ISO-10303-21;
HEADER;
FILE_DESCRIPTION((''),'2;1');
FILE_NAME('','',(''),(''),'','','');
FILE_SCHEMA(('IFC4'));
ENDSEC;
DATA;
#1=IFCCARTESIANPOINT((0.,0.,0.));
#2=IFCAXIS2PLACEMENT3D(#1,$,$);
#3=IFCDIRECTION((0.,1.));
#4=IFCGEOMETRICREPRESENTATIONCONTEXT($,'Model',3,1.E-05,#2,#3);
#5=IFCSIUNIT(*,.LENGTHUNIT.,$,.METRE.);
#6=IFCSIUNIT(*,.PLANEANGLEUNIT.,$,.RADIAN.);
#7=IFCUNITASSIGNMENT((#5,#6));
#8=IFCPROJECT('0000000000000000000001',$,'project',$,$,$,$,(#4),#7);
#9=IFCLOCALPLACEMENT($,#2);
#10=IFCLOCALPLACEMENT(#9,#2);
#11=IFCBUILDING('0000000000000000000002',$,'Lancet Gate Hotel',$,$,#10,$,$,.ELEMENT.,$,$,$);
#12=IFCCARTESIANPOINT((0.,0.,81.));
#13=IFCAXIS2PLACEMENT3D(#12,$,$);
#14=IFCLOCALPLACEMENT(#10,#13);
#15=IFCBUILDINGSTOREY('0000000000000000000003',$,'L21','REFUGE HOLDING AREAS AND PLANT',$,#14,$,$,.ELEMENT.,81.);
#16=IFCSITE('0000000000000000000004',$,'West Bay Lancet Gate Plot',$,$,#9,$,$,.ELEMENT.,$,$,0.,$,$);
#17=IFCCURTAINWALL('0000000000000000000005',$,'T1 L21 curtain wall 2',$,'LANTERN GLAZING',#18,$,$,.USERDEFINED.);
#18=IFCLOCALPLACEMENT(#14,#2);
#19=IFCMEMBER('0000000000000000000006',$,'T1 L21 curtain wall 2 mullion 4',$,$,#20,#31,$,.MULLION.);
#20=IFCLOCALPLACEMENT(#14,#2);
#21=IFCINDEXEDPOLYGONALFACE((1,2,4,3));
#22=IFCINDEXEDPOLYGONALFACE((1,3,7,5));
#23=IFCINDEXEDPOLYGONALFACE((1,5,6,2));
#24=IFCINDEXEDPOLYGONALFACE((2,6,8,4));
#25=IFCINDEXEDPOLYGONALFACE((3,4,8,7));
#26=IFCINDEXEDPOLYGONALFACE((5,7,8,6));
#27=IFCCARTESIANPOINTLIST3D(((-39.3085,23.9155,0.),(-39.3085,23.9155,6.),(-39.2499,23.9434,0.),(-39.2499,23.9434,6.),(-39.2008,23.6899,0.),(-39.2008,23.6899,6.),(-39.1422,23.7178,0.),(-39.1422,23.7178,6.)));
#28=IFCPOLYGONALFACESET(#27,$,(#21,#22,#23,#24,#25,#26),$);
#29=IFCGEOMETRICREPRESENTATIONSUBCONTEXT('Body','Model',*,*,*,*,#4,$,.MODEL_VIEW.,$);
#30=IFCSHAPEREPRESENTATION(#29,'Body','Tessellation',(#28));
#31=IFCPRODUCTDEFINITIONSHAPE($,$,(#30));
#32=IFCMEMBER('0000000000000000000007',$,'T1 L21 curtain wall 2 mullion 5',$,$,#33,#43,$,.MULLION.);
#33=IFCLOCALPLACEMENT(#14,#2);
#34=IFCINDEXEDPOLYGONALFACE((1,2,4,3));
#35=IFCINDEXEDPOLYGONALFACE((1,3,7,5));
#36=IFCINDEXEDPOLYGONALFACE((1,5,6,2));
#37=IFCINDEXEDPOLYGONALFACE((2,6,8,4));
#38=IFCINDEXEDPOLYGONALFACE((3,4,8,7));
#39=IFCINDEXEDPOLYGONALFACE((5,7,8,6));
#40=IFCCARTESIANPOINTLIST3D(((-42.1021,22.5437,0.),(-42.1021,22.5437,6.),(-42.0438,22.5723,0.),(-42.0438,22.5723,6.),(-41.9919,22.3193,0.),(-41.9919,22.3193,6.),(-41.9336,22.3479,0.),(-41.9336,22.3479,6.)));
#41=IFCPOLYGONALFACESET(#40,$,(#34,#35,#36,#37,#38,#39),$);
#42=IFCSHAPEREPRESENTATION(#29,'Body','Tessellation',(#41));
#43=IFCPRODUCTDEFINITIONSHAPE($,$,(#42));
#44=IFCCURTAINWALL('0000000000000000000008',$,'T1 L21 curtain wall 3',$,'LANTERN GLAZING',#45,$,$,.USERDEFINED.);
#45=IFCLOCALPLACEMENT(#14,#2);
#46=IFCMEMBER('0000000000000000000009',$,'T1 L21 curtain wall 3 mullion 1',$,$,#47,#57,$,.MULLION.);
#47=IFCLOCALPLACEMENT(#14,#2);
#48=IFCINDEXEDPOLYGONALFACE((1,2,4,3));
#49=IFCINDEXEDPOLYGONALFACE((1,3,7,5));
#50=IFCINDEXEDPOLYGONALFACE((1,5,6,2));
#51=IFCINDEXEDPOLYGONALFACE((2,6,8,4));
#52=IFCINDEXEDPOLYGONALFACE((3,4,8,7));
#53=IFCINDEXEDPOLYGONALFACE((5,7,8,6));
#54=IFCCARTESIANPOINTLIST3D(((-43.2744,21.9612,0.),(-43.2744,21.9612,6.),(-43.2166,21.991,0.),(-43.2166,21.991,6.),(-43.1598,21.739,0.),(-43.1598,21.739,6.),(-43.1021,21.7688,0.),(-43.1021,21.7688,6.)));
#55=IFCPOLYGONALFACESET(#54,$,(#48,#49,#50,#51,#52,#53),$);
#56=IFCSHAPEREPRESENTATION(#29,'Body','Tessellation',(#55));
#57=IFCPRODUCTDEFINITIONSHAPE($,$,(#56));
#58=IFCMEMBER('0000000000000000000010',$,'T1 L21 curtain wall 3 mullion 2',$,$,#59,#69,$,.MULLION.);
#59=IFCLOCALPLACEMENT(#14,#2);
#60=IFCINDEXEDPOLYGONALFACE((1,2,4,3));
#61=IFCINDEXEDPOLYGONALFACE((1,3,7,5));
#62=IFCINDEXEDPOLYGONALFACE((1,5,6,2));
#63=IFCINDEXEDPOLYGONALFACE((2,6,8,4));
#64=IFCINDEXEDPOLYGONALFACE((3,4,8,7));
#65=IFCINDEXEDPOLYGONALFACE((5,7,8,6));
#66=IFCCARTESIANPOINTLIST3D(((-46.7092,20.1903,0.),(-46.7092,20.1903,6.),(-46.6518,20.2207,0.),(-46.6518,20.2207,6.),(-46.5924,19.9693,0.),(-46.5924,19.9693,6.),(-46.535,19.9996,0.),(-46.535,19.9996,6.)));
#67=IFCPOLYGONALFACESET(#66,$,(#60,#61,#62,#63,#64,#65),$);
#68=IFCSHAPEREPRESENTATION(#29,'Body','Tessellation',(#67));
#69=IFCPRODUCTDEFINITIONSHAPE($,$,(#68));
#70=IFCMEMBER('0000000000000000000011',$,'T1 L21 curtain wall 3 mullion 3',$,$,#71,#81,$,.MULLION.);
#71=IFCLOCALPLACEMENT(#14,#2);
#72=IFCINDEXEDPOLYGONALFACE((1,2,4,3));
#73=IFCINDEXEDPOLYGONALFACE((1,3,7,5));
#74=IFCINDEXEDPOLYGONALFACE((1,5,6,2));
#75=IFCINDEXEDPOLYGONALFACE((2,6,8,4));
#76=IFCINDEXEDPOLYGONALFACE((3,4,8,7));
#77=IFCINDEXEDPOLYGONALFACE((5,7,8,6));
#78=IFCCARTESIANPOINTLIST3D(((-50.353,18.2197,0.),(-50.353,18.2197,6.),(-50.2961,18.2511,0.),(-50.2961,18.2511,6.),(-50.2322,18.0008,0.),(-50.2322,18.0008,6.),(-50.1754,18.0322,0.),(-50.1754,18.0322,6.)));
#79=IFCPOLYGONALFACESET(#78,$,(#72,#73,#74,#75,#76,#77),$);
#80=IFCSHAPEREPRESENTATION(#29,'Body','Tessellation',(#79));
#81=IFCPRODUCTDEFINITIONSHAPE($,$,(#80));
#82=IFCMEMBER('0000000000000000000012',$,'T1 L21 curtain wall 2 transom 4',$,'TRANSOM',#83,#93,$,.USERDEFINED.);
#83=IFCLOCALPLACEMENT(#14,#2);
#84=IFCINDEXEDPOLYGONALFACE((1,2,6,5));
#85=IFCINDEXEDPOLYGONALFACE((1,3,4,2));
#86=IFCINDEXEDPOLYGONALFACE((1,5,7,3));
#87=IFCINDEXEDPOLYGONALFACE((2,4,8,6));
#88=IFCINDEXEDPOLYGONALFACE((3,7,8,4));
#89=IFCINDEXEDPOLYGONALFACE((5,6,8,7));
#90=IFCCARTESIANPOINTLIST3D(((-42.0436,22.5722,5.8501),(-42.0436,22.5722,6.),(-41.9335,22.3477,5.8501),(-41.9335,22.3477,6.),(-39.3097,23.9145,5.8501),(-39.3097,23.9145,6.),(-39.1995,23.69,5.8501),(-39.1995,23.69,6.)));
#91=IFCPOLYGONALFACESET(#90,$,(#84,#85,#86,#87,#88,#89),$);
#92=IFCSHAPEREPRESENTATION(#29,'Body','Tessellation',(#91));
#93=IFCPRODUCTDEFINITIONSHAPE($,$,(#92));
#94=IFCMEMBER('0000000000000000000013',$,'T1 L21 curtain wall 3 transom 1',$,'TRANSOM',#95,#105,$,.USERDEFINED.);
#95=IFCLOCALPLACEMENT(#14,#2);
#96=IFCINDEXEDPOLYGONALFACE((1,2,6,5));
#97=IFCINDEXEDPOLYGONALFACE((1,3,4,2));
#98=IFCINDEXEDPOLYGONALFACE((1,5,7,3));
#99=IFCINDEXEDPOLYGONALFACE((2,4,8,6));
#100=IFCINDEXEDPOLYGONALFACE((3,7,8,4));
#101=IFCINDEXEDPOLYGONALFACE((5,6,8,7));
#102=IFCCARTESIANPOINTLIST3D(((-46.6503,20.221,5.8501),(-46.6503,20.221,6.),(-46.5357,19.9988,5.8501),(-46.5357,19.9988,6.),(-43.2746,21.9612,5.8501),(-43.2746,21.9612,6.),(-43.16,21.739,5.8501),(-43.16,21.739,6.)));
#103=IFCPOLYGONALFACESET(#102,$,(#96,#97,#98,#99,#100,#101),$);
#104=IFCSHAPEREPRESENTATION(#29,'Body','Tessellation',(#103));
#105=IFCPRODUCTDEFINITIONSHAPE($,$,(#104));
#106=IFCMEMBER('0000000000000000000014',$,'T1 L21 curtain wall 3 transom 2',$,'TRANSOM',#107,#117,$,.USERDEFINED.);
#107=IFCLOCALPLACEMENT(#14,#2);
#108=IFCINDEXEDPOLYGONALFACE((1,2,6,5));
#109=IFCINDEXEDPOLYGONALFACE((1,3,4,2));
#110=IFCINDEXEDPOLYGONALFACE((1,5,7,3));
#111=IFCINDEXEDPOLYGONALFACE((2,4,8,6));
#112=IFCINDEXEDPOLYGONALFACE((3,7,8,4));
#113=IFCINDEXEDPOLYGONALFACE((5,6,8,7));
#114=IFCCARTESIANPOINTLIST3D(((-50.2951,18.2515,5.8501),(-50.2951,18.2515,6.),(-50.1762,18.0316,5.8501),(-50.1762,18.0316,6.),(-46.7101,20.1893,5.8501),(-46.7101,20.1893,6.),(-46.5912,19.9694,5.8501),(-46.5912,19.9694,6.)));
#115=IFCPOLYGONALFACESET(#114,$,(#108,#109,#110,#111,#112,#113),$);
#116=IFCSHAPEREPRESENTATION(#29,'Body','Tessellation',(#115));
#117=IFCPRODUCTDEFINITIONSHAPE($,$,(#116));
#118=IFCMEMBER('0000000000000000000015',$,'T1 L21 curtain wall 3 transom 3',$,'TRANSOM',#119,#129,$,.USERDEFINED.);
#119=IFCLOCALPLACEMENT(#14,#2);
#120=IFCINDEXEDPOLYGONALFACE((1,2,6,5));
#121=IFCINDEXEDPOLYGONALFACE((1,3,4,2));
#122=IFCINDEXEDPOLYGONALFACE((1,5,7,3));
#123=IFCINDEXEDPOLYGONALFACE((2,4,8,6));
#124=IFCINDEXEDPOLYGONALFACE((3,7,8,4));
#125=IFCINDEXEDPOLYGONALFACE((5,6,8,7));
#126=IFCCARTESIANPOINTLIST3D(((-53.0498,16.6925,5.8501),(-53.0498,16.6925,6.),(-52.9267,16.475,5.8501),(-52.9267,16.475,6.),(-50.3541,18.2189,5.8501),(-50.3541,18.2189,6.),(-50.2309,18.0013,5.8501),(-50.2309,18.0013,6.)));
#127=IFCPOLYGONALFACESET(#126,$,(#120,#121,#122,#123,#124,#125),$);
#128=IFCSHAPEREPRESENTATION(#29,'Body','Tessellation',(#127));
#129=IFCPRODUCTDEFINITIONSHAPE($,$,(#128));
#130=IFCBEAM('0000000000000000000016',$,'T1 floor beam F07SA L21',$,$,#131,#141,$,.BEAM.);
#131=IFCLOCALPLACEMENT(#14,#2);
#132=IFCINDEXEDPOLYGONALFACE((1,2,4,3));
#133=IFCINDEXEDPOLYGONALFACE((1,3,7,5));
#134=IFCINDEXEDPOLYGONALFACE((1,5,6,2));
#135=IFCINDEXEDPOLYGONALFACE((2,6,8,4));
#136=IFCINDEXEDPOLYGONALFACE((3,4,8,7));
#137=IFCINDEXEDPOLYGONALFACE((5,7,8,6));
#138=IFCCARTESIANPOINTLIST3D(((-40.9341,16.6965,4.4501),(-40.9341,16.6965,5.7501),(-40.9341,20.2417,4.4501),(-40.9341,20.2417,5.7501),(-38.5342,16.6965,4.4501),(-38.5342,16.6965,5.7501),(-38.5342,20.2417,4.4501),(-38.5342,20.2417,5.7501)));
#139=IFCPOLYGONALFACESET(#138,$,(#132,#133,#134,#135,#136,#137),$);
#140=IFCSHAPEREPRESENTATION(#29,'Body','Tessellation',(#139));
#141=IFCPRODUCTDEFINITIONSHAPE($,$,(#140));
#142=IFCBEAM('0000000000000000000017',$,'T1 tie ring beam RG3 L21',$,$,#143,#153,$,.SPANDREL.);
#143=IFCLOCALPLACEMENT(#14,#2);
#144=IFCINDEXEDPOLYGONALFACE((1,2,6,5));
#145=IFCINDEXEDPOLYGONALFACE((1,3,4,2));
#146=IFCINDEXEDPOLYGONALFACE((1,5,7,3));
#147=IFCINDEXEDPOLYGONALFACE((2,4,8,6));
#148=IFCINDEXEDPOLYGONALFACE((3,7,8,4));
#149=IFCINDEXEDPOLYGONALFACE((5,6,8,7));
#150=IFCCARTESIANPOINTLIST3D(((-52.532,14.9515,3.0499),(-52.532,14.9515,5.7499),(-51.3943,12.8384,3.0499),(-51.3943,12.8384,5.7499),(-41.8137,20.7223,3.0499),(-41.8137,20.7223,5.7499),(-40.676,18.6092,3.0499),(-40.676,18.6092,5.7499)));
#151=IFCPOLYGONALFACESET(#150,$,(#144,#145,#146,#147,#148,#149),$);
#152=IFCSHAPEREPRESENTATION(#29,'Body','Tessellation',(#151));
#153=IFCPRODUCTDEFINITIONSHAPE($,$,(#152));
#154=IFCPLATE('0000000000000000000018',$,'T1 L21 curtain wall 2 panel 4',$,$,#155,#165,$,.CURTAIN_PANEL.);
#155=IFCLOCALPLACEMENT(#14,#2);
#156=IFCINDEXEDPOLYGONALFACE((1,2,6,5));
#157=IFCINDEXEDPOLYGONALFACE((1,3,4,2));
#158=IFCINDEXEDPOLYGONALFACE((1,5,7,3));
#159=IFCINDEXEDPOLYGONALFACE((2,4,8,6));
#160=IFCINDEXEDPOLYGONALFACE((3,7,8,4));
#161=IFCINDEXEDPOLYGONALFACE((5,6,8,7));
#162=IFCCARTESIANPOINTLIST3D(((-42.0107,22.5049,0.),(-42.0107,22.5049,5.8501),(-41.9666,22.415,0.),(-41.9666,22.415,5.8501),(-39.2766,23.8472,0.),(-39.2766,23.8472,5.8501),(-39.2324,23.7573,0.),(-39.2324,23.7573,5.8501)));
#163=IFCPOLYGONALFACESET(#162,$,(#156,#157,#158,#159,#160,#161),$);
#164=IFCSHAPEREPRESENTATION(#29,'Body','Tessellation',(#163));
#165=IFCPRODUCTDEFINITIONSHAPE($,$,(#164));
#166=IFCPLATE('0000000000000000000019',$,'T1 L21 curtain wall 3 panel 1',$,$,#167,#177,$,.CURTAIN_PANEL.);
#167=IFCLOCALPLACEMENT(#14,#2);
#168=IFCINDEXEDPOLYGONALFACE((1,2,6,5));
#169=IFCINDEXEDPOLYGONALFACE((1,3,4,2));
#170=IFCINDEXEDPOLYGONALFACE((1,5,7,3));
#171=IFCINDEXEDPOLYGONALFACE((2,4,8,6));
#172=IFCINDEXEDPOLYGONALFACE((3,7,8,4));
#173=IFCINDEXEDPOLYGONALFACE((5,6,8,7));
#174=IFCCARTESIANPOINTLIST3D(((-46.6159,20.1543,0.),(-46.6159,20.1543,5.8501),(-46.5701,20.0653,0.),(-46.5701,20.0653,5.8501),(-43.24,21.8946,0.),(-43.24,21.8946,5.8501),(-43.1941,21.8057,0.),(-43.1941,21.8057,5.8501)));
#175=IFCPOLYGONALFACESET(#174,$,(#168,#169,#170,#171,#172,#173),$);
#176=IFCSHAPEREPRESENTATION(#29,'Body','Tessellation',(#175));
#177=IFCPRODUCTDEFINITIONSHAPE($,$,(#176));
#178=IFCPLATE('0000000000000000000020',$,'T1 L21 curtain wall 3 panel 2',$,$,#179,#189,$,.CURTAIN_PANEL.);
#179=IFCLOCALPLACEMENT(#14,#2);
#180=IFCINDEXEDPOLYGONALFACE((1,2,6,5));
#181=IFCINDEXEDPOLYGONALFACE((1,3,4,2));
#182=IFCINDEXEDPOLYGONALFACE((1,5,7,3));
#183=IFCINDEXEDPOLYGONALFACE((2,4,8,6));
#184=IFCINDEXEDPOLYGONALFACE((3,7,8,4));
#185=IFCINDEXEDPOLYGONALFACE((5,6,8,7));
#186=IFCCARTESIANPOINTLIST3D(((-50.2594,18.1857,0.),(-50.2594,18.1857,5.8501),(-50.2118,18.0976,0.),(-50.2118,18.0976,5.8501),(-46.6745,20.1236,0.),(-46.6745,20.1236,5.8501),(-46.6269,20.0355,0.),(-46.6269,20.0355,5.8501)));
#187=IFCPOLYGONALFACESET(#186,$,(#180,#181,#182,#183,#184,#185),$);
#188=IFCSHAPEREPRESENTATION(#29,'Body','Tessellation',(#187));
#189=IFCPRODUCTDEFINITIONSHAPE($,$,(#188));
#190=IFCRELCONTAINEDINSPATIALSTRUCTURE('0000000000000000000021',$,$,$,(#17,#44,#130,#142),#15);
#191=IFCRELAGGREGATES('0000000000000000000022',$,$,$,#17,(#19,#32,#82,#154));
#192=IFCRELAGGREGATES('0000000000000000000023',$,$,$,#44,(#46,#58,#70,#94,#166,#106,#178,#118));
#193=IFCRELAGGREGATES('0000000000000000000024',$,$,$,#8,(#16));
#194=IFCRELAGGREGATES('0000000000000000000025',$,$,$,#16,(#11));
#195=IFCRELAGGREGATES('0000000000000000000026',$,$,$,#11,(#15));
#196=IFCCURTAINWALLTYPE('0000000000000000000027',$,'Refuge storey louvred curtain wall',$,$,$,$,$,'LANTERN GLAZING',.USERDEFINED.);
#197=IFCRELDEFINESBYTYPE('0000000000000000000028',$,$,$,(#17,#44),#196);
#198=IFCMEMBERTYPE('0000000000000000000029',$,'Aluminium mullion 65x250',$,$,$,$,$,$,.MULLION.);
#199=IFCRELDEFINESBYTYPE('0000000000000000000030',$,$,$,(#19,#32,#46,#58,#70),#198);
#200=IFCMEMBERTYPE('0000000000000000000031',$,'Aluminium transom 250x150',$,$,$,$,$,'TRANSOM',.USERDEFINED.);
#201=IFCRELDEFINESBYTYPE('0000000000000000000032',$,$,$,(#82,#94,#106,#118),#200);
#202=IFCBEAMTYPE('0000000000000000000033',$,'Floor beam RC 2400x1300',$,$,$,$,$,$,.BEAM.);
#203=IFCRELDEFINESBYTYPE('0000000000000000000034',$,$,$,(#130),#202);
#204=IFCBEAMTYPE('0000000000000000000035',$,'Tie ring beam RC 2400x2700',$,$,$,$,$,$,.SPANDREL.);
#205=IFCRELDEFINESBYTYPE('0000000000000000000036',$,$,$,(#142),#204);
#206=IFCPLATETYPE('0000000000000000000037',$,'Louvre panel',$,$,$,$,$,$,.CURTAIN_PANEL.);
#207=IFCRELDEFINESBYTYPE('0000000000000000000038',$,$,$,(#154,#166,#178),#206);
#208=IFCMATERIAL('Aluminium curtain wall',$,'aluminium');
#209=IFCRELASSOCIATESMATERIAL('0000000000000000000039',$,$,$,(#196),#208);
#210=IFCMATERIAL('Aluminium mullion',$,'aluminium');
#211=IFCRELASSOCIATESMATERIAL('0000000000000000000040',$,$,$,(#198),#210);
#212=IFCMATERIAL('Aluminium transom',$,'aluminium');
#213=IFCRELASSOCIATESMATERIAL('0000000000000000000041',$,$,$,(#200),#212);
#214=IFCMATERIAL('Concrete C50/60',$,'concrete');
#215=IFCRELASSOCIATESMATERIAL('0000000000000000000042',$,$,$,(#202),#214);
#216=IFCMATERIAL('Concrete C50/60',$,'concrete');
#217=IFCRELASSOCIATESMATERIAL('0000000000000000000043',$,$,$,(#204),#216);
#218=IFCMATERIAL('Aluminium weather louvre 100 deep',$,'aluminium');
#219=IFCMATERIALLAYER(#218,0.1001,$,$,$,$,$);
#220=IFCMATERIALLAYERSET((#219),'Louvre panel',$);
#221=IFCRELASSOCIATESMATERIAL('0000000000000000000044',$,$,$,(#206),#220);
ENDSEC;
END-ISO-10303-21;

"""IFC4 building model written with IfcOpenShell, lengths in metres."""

from ifc_helpers import new_model, si_unit, direction, frame, origin, origin_2d, place, context, subcontext, project, spatial, rectangle, extrude, material, layer, layer_set, material_profile, profile_set, type_object, element, aggregate, save


model = new_model("IFC4")

# Units and contexts
model_context = context("Model", 3, precision=1e-05, world=origin(), true_north=direction((0.0, 1.0)))
body_context = subcontext(model_context, "Body", "Model", "MODEL_VIEW")
ifc_project = project(units=[si_unit("LENGTHUNIT", "METRE"), si_unit("PLANEANGLEUNIT", "RADIAN")], contexts=[model_context])

# Site, building, storey
site_placement = place(None, origin())
site = spatial("IfcSite", under=ifc_project, at=site_placement, Name="West Bay Lancet Gate Plot", CompositionType="ELEMENT", RefElevation=0.0)
building_placement = place(site_placement, origin())
building = spatial("IfcBuilding", under=site, at=building_placement, Name="Lancet Gate Hotel", CompositionType="ELEMENT")
storey_placement = place(building_placement, frame((0.0, 0.0, 81.0)))
storey = spatial("IfcBuildingStorey", under=building, at=storey_placement, Name="L21", Description="REFUGE HOLDING AREAS AND PLANT", CompositionType="ELEMENT", Elevation=81.0)

# Curtain walls, members
ifc_material_1 = material(Name="Aluminium curtain wall", Category="aluminium")
curtain_wall_type = type_object("IfcCurtainWallType", Name="Refuge storey louvred curtain wall", ElementType="LANTERN GLAZING", PredefinedType="USERDEFINED", material=ifc_material_1)
curtain_wall_1_placement = place(storey_placement, origin())
curtain_wall_1 = element("IfcCurtainWall", 1, at=curtain_wall_1_placement, inside=storey, type_object=curtain_wall_type, Name="T1 L21 curtain wall 2", ObjectType="LANTERN GLAZING", PredefinedType="USERDEFINED")
ifc_material_2 = material(Name="Aluminium mullion", Category="aluminium")
ifc_material_profile_1 = material_profile(ifc_material_2, rectangle(XDim=0.0649, YDim=0.25, at=origin_2d()), Name="MULLION 65x250")
ifc_profile_set_1 = profile_set([ifc_material_profile_1], Name="Aluminium mullion")
member_type_1 = type_object("IfcMemberType", Name="Aluminium mullion 65x250", PredefinedType="MULLION", material=ifc_profile_set_1)
member_1_placement = place(storey_placement, frame((-39.2253, 23.8167, 0.0), z_axis=(0.0, 0.0, 1.0), x_axis=(-0.902529, -0.430629, 0.0)))
member_1 = element("IfcMember", 2, at=member_1_placement, type_object=member_type_1, Name="T1 L21 curtain wall 2 mullion 4", PredefinedType="MULLION", context=body_context, shape_type="SweptSolid", body=[
    extrude(rectangle(XDim=0.0649, YDim=0.25, at=origin_2d()), origin(), (0.0, 0.0, 1.0), 6.0),
])
member_2_placement = place(storey_placement, frame((-42.0178, 22.4458, 0.0), z_axis=(0.0, 0.0, 1.0), x_axis=(-0.897653, -0.440702, 0.0)))
member_2 = element("IfcMember", 3, at=member_2_placement, type_object=member_type_1, Name="T1 L21 curtain wall 2 mullion 5", PredefinedType="MULLION", context=body_context, shape_type="SweptSolid", body=[
    extrude(rectangle(XDim=0.0649, YDim=0.25, at=origin_2d()), origin(), (0.0, 0.0, 1.0), 6.0),
])
curtain_wall_2_placement = place(storey_placement, origin())
curtain_wall_2 = element("IfcCurtainWall", 4, at=curtain_wall_2_placement, inside=storey, type_object=curtain_wall_type, Name="T1 L21 curtain wall 3", ObjectType="LANTERN GLAZING", PredefinedType="USERDEFINED")
member_3_placement = place(storey_placement, frame((-43.1882, 21.865, 0.0), z_axis=(0.0, 0.0, 1.0), x_axis=(-0.888844, -0.45821, 0.0)))
member_3 = element("IfcMember", 5, at=member_3_placement, type_object=member_type_1, Name="T1 L21 curtain wall 3 mullion 1", PredefinedType="MULLION", context=body_context, shape_type="SweptSolid", body=[
    extrude(rectangle(XDim=0.0649, YDim=0.25, at=origin_2d()), origin(), (0.0, 0.0, 1.0), 6.0),
])
member_4_placement = place(storey_placement, frame((-46.6221, 20.095, 0.0), z_axis=(0.0, 0.0, 1.0), x_axis=(-0.884153, -0.467198, 0.0)))
member_4 = element("IfcMember", 6, at=member_4_placement, type_object=member_type_1, Name="T1 L21 curtain wall 3 mullion 2", PredefinedType="MULLION", context=body_context, shape_type="SweptSolid", body=[
    extrude(rectangle(XDim=0.0649, YDim=0.25, at=origin_2d()), origin(), (0.0, 0.0, 1.0), 6.0),
])
member_5_placement = place(storey_placement, frame((-50.2642, 18.126, 0.0), z_axis=(0.0, 0.0, 1.0), x_axis=(-0.875625, -0.482991, 0.0)))
member_5 = element("IfcMember", 7, at=member_5_placement, type_object=member_type_1, Name="T1 L21 curtain wall 3 mullion 3", PredefinedType="MULLION", context=body_context, shape_type="SweptSolid", body=[
    extrude(rectangle(XDim=0.0649, YDim=0.25, at=origin_2d()), origin(), (0.0, 0.0, 1.0), 6.0),
])

# Members
ifc_material_3 = material(Name="Aluminium transom", Category="aluminium")
ifc_material_profile_2 = material_profile(ifc_material_3, rectangle(XDim=0.25, YDim=0.1499, at=origin_2d()), Name="TRANSOM 250x150")
ifc_profile_set_2 = profile_set([ifc_material_profile_2], Name="Aluminium transom")
member_type_2 = type_object("IfcMemberType", Name="Aluminium transom 250x150", ElementType="TRANSOM", PredefinedType="USERDEFINED", material=ifc_profile_set_2)
member_6_placement = place(storey_placement, frame((-39.2546, 23.8022, 5.925), z_axis=(-0.897642, -0.440725, 0.0), x_axis=(0.440725, -0.897642, 0.0)))
member_6 = element("IfcMember", 8, at=member_6_placement, type_object=member_type_2, Name="T1 L21 curtain wall 2 transom 4", ObjectType="TRANSOM", PredefinedType="USERDEFINED", context=body_context, shape_type="SweptSolid", body=[
    extrude(rectangle(XDim=0.25, YDim=0.1499, at=origin_2d()), origin(), (0.0, 0.0, 1.0), 3.0457),
])
member_7_placement = place(storey_placement, frame((-43.2173, 21.8501, 5.925), z_axis=(-0.888844, -0.458211, 0.0), x_axis=(0.458211, -0.888844, 0.0)))
member_7 = element("IfcMember", 9, at=member_7_placement, type_object=member_type_2, Name="T1 L21 curtain wall 3 transom 1", ObjectType="TRANSOM", PredefinedType="USERDEFINED", context=body_context, shape_type="SweptSolid", body=[
    extrude(rectangle(XDim=0.25, YDim=0.1499, at=origin_2d()), origin(), (0.0, 0.0, 1.0), 3.7979),
])
member_8_placement = place(storey_placement, frame((-46.6506, 20.0793, 5.925), z_axis=(-0.879714, -0.475503, 0.0), x_axis=(0.475503, -0.879714, 0.0)))
member_8 = element("IfcMember", 10, at=member_8_placement, type_object=member_type_2, Name="T1 L21 curtain wall 3 transom 2", ObjectType="TRANSOM", PredefinedType="USERDEFINED", context=body_context, shape_type="SweptSolid", body=[
    extrude(rectangle(XDim=0.25, YDim=0.1499, at=origin_2d()), origin(), (0.0, 0.0, 1.0), 4.0752),
])
member_9_placement = place(storey_placement, frame((-50.2925, 18.1101, 5.925), z_axis=(-0.870196, -0.492706, 0.0), x_axis=(0.492706, -0.870196, 0.0)))
member_9 = element("IfcMember", 11, at=member_9_placement, type_object=member_type_2, Name="T1 L21 curtain wall 3 transom 3", ObjectType="TRANSOM", PredefinedType="USERDEFINED", context=body_context, shape_type="SweptSolid", body=[
    extrude(rectangle(XDim=0.25, YDim=0.1499, at=origin_2d()), origin(), (0.0, 0.0, 1.0), 3.0979),
])

# Beams
ifc_material_4 = material(Name="Concrete C50/60", Category="concrete")
ifc_material_profile_3 = material_profile(ifc_material_4, rectangle(XDim=2.3999, YDim=1.3, at=origin_2d()), Name="RC 2400x1300")
ifc_profile_set_3 = profile_set([ifc_material_profile_3], Name="Concrete C50/60")
beam_type_1 = type_object("IfcBeamType", Name="Floor beam RC 2400x1300", PredefinedType="BEAM", material=ifc_profile_set_3)
beam_1_placement = place(storey_placement, frame((-39.7341, 20.2417, 5.1001), z_axis=(0.0, -1.0, 0.0), x_axis=(1.0, 0.0, 0.0)))
element("IfcBeam", 12, at=beam_1_placement, inside=storey, type_object=beam_type_1, Name="T1 floor beam F07SA L21", PredefinedType="BEAM", context=body_context, shape_type="SweptSolid", body=[
    extrude(rectangle(XDim=2.3999, YDim=1.3, at=origin_2d()), origin(), (0.0, 0.0, 1.0), 3.5452),
])
ifc_material_5 = material(Name="Concrete C50/60", Category="concrete")
ifc_material_profile_4 = material_profile(ifc_material_5, rectangle(XDim=2.3999, YDim=2.7, at=origin_2d()), Name="RC 2400x2700")
ifc_profile_set_4 = profile_set([ifc_material_profile_4], Name="Concrete C50/60")
beam_type_2 = type_object("IfcBeamType", Name="Tie ring beam RC 2400x2700", PredefinedType="SPANDREL", material=ifc_profile_set_4)
beam_2_placement = place(storey_placement, frame((-41.2449, 19.6658, 4.3999), z_axis=(-0.880492, -0.47406, 0.0), x_axis=(0.47406, -0.880492, 0.0)))
element("IfcBeam", 13, at=beam_2_placement, inside=storey, type_object=beam_type_2, Name="T1 tie ring beam RG3 L21", PredefinedType="SPANDREL", context=body_context, shape_type="SweptSolid", body=[
    extrude(rectangle(XDim=2.3999, YDim=2.7, at=origin_2d()), origin(), (0.0, 0.0, 1.0), 12.1731),
])

# Plates
ifc_material_6 = material(Name="Aluminium weather louvre 100 deep", Category="aluminium")
ifc_layer_1 = layer(ifc_material_6, 0.1001)
ifc_layer_set_1 = layer_set([ifc_layer_1], Name="Louvre panel")
plate_type = type_object("IfcPlateType", Name="Louvre panel", PredefinedType="CURTAIN_PANEL", material=ifc_layer_set_1)
plate_1_placement = place(storey_placement, frame((-40.6216, 23.1311, 0.0), z_axis=(0.0, 0.0, 1.0), x_axis=(-0.897653, -0.440702, 0.0)))
plate_1 = element("IfcPlate", 14, at=plate_1_placement, type_object=plate_type, Name="T1 L21 curtain wall 2 panel 4", PredefinedType="CURTAIN_PANEL", context=body_context, shape_type="SweptSolid", body=[
    extrude(rectangle(XDim=3.0459, YDim=0.1001, at=origin_2d()), origin(), (0.0, 0.0, 1.0), 5.8501),
])
aggregate(curtain_wall_1, [member_1, member_2, member_6, plate_1])
plate_2_placement = place(storey_placement, frame((-44.905, 20.98, 0.0), z_axis=(0.0, 0.0, 1.0), x_axis=(-0.888844, -0.45821, 0.0)))
plate_2 = element("IfcPlate", 15, at=plate_2_placement, type_object=plate_type, Name="T1 L21 curtain wall 3 panel 1", PredefinedType="CURTAIN_PANEL", context=body_context, shape_type="SweptSolid", body=[
    extrude(rectangle(XDim=3.7981, YDim=0.1001, at=origin_2d()), origin(), (0.0, 0.0, 1.0), 5.8501),
])
plate_3_placement = place(storey_placement, frame((-48.4431, 19.1106, 0.0), z_axis=(0.0, 0.0, 1.0), x_axis=(-0.879693, -0.475541, 0.0)))
plate_3 = element("IfcPlate", 16, at=plate_3_placement, type_object=plate_type, Name="T1 L21 curtain wall 3 panel 2", PredefinedType="CURTAIN_PANEL", context=body_context, shape_type="SweptSolid", body=[
    extrude(rectangle(XDim=4.0752, YDim=0.1001, at=origin_2d()), origin(), (0.0, 0.0, 1.0), 5.8501),
])
aggregate(curtain_wall_2, [member_3, member_4, member_5, member_7, plate_2, member_8, plate_3, member_9])

save(model, "model.ifc")
